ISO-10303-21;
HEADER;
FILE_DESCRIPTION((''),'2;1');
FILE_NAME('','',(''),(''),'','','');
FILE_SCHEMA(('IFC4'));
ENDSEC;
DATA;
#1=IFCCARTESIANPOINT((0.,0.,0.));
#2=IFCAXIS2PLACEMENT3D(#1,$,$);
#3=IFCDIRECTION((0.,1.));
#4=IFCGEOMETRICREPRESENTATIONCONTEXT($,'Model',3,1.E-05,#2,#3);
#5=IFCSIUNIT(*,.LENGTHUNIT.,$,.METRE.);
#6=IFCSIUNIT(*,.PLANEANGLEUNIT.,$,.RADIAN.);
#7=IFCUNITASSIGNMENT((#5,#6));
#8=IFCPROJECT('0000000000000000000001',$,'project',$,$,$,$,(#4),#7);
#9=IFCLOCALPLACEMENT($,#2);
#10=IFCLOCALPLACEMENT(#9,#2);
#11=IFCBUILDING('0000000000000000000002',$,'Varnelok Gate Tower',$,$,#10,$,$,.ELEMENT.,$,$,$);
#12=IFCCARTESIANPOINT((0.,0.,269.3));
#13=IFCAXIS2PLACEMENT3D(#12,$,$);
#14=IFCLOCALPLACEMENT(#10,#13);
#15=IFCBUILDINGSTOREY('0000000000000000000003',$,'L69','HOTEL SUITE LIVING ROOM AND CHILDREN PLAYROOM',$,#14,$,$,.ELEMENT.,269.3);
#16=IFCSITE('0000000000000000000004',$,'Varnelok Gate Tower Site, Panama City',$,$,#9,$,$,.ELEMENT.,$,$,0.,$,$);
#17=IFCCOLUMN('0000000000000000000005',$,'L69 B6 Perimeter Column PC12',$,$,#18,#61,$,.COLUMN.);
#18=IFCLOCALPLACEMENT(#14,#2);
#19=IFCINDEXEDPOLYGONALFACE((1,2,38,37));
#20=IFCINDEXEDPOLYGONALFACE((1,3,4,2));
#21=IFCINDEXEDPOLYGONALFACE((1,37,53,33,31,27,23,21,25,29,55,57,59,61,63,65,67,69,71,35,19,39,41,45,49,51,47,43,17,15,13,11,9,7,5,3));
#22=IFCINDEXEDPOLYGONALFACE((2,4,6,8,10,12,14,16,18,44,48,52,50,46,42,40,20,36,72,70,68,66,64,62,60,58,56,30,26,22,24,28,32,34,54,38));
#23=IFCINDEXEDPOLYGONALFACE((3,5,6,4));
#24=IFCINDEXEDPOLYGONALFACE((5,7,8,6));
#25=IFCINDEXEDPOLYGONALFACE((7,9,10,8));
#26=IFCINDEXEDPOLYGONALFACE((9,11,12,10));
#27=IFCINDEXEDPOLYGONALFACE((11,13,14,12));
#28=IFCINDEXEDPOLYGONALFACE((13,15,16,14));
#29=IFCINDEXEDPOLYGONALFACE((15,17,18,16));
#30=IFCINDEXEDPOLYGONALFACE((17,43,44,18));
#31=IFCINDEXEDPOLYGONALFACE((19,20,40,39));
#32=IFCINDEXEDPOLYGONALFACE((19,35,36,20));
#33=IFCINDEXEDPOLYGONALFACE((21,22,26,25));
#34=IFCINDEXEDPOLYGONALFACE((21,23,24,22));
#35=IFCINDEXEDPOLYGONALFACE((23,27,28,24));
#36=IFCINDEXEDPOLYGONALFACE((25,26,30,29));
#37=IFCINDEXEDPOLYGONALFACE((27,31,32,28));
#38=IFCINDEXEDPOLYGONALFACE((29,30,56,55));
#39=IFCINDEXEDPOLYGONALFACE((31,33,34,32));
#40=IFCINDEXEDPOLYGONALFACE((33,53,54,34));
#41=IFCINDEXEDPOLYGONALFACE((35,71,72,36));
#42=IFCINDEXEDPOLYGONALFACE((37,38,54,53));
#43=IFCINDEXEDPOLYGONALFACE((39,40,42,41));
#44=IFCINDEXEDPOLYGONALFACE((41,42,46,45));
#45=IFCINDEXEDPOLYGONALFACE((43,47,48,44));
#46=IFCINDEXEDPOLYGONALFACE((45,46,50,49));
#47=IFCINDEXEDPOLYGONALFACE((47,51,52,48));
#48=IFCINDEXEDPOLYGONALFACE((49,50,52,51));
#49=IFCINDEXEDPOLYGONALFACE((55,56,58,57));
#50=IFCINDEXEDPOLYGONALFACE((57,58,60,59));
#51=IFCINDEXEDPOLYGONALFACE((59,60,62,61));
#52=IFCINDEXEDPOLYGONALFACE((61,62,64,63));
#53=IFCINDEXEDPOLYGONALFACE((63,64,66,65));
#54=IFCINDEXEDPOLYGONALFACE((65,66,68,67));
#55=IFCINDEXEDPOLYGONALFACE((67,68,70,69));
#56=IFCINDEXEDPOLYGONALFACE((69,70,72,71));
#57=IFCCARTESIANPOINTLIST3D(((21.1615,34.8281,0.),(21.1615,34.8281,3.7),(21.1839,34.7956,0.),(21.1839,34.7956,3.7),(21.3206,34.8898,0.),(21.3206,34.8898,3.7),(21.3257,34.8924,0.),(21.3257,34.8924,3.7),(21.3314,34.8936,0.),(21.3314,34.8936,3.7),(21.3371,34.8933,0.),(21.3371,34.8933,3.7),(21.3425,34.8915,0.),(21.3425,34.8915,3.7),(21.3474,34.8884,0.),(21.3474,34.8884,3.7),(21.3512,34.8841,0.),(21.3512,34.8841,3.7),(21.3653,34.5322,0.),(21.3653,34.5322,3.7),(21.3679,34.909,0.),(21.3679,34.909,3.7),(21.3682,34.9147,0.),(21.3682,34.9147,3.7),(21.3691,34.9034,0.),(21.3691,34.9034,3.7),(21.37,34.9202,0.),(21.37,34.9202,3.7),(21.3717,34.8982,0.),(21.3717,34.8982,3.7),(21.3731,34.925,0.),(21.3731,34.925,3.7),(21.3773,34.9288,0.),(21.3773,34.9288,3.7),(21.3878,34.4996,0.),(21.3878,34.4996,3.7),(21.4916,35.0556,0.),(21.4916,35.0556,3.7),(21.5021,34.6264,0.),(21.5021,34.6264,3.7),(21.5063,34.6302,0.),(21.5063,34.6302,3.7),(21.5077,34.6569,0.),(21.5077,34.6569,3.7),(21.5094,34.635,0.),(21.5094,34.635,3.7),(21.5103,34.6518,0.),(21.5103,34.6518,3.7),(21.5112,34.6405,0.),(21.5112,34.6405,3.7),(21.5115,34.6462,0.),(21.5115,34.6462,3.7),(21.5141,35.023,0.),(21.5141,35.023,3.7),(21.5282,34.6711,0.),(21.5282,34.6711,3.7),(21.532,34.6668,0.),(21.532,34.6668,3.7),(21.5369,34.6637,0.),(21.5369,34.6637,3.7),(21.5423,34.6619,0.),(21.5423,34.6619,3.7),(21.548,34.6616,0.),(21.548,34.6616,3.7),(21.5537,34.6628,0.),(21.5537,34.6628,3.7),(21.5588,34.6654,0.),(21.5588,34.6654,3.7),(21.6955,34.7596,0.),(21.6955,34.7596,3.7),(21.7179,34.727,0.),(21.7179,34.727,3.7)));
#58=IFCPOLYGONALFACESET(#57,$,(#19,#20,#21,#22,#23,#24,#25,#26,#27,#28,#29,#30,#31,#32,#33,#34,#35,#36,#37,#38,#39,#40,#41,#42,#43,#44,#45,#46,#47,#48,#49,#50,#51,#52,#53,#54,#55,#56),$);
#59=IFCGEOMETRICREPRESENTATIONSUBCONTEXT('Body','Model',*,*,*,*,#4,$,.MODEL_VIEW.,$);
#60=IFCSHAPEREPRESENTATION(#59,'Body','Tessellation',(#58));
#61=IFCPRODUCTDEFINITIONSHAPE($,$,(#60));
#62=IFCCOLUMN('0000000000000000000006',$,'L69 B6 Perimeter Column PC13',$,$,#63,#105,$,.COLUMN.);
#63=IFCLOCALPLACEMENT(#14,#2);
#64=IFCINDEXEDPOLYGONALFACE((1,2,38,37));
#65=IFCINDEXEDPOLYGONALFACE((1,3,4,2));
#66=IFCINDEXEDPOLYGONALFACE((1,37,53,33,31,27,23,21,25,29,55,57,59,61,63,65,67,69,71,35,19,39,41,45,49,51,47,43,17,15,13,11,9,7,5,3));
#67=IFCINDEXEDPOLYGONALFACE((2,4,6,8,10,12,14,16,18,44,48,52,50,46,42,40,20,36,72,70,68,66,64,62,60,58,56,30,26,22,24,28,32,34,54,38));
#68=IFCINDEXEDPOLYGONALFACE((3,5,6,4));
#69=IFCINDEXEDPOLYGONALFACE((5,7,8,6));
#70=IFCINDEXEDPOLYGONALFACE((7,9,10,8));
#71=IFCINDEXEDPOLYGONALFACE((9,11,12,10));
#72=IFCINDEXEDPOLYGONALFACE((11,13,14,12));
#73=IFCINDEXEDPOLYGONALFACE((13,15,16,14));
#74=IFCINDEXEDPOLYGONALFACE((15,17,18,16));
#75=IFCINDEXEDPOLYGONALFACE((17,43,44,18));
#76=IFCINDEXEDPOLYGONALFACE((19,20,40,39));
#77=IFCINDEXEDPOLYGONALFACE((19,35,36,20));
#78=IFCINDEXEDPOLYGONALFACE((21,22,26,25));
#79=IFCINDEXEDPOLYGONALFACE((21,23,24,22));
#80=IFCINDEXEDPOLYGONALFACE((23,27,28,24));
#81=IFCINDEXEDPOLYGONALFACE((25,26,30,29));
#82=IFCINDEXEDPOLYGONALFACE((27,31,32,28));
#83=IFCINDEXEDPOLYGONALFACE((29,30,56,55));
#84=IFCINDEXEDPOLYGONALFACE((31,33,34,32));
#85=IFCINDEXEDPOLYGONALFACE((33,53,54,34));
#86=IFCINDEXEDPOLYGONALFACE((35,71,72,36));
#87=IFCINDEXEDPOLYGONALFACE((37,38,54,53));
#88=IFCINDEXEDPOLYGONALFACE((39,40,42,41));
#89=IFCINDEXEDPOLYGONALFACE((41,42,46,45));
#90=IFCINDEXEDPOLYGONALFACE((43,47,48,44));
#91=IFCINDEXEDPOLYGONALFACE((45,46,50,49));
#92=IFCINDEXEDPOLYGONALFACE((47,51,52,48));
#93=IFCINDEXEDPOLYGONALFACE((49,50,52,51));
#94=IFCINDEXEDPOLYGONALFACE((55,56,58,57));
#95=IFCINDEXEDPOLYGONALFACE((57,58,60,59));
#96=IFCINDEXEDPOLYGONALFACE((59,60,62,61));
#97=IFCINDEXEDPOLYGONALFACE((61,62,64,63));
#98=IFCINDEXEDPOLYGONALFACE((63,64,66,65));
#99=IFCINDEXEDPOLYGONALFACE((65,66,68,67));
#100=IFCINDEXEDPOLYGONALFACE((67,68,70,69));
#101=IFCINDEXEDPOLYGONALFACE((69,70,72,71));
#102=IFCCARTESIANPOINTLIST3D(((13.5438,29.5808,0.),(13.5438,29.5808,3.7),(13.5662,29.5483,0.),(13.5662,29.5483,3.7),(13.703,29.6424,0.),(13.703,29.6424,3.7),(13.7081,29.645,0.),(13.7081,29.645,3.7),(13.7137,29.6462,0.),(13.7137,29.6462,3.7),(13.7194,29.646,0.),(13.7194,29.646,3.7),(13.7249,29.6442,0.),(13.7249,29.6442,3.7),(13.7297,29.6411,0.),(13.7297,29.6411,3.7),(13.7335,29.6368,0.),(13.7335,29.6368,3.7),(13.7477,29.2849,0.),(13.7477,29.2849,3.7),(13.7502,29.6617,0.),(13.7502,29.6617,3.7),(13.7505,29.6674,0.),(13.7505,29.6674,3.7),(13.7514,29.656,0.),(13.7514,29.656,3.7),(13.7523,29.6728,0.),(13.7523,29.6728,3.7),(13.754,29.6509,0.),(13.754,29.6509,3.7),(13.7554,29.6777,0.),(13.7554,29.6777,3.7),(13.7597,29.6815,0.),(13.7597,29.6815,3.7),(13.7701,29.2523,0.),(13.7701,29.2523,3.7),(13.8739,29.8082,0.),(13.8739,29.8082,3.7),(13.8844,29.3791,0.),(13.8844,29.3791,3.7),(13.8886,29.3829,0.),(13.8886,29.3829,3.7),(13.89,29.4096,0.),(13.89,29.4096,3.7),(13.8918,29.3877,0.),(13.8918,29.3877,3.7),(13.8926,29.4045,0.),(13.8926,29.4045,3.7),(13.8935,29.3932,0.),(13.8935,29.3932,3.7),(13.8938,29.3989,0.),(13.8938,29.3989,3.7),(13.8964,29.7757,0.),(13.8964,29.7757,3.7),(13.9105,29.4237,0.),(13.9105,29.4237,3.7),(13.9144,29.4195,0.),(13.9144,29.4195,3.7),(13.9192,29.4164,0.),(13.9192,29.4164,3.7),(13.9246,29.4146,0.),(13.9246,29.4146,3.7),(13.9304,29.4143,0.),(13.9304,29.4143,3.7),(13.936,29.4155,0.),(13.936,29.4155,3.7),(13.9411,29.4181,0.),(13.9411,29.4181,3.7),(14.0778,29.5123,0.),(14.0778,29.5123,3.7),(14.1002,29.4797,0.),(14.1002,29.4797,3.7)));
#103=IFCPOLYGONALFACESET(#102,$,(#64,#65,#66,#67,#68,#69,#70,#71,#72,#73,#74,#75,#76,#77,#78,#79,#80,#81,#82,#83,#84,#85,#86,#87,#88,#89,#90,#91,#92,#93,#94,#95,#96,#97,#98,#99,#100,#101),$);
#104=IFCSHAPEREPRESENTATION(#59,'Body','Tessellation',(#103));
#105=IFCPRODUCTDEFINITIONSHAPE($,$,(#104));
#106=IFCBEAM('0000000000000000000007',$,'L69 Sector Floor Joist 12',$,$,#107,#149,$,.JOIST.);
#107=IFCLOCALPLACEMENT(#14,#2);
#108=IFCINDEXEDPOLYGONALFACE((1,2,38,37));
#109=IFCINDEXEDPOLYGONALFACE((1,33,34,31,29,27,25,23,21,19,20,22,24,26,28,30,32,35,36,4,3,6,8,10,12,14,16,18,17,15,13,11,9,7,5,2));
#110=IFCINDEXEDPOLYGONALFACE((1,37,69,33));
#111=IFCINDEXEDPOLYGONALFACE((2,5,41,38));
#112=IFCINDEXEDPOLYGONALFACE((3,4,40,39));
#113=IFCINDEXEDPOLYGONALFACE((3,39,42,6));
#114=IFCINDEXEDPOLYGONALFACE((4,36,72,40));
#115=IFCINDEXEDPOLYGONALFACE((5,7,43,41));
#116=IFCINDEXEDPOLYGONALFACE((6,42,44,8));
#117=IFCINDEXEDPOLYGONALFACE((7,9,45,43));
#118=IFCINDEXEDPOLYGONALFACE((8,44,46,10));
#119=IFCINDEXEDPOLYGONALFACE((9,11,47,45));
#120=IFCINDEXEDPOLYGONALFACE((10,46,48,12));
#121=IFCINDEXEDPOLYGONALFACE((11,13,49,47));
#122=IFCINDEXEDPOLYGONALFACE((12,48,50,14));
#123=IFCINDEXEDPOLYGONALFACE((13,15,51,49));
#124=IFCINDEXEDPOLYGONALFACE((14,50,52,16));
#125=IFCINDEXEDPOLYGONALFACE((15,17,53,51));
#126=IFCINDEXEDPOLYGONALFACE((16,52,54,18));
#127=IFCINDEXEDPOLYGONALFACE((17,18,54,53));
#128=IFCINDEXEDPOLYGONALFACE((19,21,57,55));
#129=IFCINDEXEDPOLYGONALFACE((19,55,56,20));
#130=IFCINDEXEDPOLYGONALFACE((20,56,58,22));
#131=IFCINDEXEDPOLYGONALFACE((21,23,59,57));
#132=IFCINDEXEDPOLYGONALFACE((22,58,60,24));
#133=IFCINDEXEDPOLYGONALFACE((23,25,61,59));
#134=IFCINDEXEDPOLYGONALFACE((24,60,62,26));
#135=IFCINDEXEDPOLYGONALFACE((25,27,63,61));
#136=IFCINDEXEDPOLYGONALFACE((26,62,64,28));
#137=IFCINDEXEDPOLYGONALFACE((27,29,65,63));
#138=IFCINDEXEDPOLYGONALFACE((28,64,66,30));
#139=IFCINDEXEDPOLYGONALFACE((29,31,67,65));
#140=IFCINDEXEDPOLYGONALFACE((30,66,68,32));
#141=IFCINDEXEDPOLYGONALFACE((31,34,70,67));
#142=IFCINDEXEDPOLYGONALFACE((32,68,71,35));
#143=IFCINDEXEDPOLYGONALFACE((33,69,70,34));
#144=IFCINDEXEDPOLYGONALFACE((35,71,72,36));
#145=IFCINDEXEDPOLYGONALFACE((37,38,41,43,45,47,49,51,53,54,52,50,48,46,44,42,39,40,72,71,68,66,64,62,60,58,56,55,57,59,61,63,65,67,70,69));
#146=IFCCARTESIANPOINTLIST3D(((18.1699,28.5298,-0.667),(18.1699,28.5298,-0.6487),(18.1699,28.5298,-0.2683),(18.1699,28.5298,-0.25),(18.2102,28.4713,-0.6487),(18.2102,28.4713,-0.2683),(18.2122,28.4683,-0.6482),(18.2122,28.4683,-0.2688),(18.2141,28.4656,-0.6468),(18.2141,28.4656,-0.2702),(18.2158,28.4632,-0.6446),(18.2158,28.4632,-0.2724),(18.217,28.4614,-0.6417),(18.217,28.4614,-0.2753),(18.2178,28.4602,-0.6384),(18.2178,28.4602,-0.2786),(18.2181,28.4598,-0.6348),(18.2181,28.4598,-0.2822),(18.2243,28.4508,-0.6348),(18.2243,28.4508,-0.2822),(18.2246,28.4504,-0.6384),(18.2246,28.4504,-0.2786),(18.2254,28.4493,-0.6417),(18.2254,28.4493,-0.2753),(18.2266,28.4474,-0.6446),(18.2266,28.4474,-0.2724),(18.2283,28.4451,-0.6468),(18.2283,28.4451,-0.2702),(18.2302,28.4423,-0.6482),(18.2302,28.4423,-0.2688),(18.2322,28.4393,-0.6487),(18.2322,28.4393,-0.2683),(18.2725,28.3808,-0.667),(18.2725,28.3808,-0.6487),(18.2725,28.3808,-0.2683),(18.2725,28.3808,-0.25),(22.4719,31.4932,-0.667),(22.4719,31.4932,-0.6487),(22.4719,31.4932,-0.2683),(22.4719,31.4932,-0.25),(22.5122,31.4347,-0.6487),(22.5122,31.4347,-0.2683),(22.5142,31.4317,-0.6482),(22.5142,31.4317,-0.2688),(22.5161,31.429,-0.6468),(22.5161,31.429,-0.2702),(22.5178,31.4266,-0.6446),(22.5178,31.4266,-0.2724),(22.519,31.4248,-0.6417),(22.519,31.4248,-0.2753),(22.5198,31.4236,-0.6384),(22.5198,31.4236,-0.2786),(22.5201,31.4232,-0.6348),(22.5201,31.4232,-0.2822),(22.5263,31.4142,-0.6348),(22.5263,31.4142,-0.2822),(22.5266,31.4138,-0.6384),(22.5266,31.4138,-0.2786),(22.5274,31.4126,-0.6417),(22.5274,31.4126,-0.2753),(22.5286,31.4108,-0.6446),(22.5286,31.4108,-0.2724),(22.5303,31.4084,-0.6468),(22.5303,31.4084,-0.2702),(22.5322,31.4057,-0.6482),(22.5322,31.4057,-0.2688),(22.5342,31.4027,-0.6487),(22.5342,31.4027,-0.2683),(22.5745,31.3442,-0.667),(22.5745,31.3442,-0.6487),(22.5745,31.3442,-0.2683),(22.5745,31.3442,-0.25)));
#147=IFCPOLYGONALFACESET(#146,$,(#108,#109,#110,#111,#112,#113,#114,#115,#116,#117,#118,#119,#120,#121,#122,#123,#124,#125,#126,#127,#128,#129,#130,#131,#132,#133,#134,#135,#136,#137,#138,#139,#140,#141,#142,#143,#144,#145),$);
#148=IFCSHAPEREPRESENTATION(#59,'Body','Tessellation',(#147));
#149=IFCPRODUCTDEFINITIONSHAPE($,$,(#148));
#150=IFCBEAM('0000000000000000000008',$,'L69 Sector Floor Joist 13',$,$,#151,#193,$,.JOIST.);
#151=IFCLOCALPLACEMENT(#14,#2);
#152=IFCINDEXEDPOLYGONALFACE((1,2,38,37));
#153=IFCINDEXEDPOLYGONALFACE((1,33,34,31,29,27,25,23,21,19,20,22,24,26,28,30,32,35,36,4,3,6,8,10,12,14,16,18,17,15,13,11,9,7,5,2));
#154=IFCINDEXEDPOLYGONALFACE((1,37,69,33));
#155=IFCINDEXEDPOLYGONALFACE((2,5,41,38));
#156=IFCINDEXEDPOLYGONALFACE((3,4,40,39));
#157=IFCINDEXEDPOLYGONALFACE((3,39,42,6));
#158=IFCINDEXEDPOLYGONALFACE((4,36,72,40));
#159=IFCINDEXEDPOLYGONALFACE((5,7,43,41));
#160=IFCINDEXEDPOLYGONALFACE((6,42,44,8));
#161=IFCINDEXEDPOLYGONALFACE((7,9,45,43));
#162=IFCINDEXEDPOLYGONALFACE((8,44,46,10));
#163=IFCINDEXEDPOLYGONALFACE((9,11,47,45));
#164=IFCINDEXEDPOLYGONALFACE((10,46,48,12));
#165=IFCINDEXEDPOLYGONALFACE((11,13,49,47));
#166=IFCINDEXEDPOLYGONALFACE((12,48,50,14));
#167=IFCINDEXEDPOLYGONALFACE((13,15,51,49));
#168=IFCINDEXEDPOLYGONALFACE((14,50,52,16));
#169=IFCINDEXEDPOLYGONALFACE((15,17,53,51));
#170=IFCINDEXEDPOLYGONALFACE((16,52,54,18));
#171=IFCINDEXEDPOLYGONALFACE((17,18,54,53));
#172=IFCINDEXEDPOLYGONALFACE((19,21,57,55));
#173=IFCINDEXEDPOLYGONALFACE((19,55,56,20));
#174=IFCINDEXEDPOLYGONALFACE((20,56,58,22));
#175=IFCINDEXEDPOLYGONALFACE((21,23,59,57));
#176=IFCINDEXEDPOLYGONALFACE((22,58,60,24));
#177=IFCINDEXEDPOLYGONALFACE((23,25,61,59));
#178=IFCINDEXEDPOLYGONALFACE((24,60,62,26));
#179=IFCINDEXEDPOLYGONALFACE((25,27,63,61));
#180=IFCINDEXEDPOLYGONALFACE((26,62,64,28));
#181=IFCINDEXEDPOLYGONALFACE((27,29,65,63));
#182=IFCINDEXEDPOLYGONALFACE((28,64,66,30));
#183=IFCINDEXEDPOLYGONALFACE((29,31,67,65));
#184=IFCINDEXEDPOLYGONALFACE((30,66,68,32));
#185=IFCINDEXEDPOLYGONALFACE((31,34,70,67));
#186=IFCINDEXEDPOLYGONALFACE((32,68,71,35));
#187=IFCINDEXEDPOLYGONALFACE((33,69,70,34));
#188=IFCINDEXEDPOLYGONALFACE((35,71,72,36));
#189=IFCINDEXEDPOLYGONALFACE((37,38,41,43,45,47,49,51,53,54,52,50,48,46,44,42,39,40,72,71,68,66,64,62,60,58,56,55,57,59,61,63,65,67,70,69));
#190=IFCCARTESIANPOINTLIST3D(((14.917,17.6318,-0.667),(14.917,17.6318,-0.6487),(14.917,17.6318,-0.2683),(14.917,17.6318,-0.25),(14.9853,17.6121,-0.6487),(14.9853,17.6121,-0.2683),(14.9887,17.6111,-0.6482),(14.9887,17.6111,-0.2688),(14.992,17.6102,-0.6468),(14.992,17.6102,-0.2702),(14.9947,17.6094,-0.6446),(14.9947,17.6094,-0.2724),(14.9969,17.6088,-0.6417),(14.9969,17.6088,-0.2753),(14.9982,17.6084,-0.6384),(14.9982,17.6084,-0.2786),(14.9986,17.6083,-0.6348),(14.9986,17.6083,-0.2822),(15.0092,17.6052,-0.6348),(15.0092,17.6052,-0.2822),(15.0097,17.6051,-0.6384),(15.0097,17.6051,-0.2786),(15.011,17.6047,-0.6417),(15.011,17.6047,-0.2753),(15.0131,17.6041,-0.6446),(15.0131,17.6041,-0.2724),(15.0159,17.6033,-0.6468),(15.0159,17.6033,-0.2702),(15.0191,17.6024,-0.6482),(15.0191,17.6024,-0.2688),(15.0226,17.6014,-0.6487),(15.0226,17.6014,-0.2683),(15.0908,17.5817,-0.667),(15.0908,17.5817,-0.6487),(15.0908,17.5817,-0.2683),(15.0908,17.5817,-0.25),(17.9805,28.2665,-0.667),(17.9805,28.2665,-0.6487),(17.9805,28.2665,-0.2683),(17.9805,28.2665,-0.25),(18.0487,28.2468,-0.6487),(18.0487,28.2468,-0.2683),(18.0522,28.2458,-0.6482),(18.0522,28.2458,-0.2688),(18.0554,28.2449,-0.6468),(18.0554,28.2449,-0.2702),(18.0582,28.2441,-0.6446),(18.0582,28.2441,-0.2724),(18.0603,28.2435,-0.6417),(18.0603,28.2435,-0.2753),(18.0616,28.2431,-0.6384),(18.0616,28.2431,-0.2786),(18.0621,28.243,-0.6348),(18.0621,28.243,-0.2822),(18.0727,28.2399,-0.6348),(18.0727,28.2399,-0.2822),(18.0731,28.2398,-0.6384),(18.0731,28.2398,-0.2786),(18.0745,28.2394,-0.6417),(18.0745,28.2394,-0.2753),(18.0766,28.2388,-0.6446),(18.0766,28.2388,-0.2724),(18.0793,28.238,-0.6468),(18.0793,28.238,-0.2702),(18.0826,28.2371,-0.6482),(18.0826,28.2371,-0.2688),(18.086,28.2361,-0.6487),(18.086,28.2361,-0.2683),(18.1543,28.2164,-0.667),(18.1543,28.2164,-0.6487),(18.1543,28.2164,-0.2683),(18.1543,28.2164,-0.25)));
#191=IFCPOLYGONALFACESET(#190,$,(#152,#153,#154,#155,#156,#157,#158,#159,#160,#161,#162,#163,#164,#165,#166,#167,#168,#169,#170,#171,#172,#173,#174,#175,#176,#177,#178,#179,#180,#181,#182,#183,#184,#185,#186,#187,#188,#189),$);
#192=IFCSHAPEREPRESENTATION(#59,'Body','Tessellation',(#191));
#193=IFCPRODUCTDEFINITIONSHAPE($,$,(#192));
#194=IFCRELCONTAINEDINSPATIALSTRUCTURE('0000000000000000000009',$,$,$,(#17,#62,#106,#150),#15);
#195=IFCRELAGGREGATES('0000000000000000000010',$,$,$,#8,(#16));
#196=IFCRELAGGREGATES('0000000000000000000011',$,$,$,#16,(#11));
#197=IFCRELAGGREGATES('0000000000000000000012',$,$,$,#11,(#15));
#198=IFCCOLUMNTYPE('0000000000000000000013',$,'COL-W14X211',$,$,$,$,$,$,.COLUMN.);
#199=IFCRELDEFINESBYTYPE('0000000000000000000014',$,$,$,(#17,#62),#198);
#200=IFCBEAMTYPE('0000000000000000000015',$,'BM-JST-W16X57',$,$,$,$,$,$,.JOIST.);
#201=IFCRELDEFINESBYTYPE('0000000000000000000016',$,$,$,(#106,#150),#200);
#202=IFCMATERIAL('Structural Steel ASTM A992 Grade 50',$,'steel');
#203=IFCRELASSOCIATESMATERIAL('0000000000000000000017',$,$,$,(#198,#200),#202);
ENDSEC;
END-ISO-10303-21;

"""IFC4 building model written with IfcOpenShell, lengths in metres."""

from ifc_helpers import new_model, si_unit, direction, frame, origin, origin_2d, place, context, subcontext, project, spatial, i_section, extrude, material, material_profile, profile_set, type_object, element, save


model = new_model("IFC4")

# Units and contexts
model_context = context("Model", 3, precision=1e-05, world=origin(), true_north=direction((0.0, 1.0)))
body_context = subcontext(model_context, "Body", "Model", "MODEL_VIEW")
ifc_project = project(units=[si_unit("LENGTHUNIT", "METRE"), si_unit("PLANEANGLEUNIT", "RADIAN")], contexts=[model_context])

# Site, building, storey
site_placement = place(None, origin())
site = spatial("IfcSite", under=ifc_project, at=site_placement, Name="Varnelok Gate Tower Site, Panama City", CompositionType="ELEMENT", RefElevation=0.0)
building_placement = place(site_placement, origin())
building = spatial("IfcBuilding", under=site, at=building_placement, Name="Varnelok Gate Tower", CompositionType="ELEMENT")
storey_placement = place(building_placement, frame((0.0, 0.0, 269.3)))
storey = spatial("IfcBuildingStorey", under=building, at=storey_placement, Name="L69", Description="HOTEL SUITE LIVING ROOM AND CHILDREN PLAYROOM", CompositionType="ELEMENT", Elevation=269.3)

# Columns
ifc_material_1 = material(Name="Structural Steel ASTM A992 Grade 50", Category="steel")
ifc_material_profile_1 = material_profile(ifc_material_1, i_section(OverallWidth=0.4009, OverallDepth=0.3989, WebThickness=0.0249, FlangeThickness=0.0396, FilletRadius=0.022, at=origin_2d()), Name="W14X211")
ifc_profile_set_1 = profile_set([ifc_material_profile_1], Name="Structural Steel ASTM A992 Grade 50")
column_type = type_object("IfcColumnType", Name="COL-W14X211", PredefinedType="COLUMN", material=ifc_profile_set_1)
for number, where, z_axis, x_axis, name in (
    (1, (21.4397, 34.7776, 0.0), (0.0, 0.0, 1.0), (0.823533, 0.567269, 0.0), "L69 B6 Perimeter Column PC12"),
    (2, (13.822, 29.5303, 0.0), (0.0, 0.0, 1.0), (0.823533, 0.567269, 0.0), "L69 B6 Perimeter Column PC13"),
):
    element("IfcColumn", number, at=place(storey_placement, frame(where, z_axis=z_axis, x_axis=x_axis)), inside=storey, type_object=column_type, Name=name, PredefinedType="COLUMN", context=body_context, shape_type="SweptSolid", body=[
        extrude(i_section(OverallWidth=0.4009, OverallDepth=0.3989, WebThickness=0.0249, FlangeThickness=0.0396, FilletRadius=0.022, at=origin_2d()), origin(), (0.0, 0.0, 1.0), 3.7),
    ])

# Beams
ifc_material_profile_2 = material_profile(ifc_material_1, i_section(OverallWidth=0.1809, OverallDepth=0.417, WebThickness=0.011, FlangeThickness=0.0183, FilletRadius=0.0139, at=origin_2d()), Name="W16X57")
ifc_profile_set_2 = profile_set([ifc_material_profile_2], Name="Structural Steel ASTM A992 Grade 50")
beam_type_1 = type_object("IfcBeamType", Name="BM-JST-W16X57", PredefinedType="JOIST", material=ifc_profile_set_2)
beam_1_placement = place(storey_placement, frame((22.5232, 31.4187, -0.4585), z_axis=(-0.823527, -0.567276, 0.0), x_axis=(0.567276, -0.823527, 0.0)))
element("IfcBeam", 3, at=beam_1_placement, inside=storey, type_object=beam_type_1, Name="L69 Sector Floor Joist 12", PredefinedType="JOIST", context=body_context, shape_type="SweptSolid", body=[
    extrude(i_section(OverallWidth=0.1809, OverallDepth=0.417, WebThickness=0.011, FlangeThickness=0.0183, FilletRadius=0.0139, at=origin_2d()), origin(), (0.0, 0.0, 1.0), 5.2239),
])
beam_2_placement = place(storey_placement, frame((18.0674, 28.2415, -0.4585), z_axis=(-0.276807, -0.960926, 0.0), x_axis=(0.960926, -0.276807, 0.0)))
element("IfcBeam", 4, at=beam_2_placement, inside=storey, type_object=beam_type_1, Name="L69 Sector Floor Joist 13", PredefinedType="JOIST", context=body_context, shape_type="SweptSolid", body=[
    extrude(i_section(OverallWidth=0.1809, OverallDepth=0.417, WebThickness=0.011, FlangeThickness=0.0183, FilletRadius=0.0139, at=origin_2d()), origin(), (0.0, 0.0, 1.0), 11.0671),
])

save(model, "model.ifc")
